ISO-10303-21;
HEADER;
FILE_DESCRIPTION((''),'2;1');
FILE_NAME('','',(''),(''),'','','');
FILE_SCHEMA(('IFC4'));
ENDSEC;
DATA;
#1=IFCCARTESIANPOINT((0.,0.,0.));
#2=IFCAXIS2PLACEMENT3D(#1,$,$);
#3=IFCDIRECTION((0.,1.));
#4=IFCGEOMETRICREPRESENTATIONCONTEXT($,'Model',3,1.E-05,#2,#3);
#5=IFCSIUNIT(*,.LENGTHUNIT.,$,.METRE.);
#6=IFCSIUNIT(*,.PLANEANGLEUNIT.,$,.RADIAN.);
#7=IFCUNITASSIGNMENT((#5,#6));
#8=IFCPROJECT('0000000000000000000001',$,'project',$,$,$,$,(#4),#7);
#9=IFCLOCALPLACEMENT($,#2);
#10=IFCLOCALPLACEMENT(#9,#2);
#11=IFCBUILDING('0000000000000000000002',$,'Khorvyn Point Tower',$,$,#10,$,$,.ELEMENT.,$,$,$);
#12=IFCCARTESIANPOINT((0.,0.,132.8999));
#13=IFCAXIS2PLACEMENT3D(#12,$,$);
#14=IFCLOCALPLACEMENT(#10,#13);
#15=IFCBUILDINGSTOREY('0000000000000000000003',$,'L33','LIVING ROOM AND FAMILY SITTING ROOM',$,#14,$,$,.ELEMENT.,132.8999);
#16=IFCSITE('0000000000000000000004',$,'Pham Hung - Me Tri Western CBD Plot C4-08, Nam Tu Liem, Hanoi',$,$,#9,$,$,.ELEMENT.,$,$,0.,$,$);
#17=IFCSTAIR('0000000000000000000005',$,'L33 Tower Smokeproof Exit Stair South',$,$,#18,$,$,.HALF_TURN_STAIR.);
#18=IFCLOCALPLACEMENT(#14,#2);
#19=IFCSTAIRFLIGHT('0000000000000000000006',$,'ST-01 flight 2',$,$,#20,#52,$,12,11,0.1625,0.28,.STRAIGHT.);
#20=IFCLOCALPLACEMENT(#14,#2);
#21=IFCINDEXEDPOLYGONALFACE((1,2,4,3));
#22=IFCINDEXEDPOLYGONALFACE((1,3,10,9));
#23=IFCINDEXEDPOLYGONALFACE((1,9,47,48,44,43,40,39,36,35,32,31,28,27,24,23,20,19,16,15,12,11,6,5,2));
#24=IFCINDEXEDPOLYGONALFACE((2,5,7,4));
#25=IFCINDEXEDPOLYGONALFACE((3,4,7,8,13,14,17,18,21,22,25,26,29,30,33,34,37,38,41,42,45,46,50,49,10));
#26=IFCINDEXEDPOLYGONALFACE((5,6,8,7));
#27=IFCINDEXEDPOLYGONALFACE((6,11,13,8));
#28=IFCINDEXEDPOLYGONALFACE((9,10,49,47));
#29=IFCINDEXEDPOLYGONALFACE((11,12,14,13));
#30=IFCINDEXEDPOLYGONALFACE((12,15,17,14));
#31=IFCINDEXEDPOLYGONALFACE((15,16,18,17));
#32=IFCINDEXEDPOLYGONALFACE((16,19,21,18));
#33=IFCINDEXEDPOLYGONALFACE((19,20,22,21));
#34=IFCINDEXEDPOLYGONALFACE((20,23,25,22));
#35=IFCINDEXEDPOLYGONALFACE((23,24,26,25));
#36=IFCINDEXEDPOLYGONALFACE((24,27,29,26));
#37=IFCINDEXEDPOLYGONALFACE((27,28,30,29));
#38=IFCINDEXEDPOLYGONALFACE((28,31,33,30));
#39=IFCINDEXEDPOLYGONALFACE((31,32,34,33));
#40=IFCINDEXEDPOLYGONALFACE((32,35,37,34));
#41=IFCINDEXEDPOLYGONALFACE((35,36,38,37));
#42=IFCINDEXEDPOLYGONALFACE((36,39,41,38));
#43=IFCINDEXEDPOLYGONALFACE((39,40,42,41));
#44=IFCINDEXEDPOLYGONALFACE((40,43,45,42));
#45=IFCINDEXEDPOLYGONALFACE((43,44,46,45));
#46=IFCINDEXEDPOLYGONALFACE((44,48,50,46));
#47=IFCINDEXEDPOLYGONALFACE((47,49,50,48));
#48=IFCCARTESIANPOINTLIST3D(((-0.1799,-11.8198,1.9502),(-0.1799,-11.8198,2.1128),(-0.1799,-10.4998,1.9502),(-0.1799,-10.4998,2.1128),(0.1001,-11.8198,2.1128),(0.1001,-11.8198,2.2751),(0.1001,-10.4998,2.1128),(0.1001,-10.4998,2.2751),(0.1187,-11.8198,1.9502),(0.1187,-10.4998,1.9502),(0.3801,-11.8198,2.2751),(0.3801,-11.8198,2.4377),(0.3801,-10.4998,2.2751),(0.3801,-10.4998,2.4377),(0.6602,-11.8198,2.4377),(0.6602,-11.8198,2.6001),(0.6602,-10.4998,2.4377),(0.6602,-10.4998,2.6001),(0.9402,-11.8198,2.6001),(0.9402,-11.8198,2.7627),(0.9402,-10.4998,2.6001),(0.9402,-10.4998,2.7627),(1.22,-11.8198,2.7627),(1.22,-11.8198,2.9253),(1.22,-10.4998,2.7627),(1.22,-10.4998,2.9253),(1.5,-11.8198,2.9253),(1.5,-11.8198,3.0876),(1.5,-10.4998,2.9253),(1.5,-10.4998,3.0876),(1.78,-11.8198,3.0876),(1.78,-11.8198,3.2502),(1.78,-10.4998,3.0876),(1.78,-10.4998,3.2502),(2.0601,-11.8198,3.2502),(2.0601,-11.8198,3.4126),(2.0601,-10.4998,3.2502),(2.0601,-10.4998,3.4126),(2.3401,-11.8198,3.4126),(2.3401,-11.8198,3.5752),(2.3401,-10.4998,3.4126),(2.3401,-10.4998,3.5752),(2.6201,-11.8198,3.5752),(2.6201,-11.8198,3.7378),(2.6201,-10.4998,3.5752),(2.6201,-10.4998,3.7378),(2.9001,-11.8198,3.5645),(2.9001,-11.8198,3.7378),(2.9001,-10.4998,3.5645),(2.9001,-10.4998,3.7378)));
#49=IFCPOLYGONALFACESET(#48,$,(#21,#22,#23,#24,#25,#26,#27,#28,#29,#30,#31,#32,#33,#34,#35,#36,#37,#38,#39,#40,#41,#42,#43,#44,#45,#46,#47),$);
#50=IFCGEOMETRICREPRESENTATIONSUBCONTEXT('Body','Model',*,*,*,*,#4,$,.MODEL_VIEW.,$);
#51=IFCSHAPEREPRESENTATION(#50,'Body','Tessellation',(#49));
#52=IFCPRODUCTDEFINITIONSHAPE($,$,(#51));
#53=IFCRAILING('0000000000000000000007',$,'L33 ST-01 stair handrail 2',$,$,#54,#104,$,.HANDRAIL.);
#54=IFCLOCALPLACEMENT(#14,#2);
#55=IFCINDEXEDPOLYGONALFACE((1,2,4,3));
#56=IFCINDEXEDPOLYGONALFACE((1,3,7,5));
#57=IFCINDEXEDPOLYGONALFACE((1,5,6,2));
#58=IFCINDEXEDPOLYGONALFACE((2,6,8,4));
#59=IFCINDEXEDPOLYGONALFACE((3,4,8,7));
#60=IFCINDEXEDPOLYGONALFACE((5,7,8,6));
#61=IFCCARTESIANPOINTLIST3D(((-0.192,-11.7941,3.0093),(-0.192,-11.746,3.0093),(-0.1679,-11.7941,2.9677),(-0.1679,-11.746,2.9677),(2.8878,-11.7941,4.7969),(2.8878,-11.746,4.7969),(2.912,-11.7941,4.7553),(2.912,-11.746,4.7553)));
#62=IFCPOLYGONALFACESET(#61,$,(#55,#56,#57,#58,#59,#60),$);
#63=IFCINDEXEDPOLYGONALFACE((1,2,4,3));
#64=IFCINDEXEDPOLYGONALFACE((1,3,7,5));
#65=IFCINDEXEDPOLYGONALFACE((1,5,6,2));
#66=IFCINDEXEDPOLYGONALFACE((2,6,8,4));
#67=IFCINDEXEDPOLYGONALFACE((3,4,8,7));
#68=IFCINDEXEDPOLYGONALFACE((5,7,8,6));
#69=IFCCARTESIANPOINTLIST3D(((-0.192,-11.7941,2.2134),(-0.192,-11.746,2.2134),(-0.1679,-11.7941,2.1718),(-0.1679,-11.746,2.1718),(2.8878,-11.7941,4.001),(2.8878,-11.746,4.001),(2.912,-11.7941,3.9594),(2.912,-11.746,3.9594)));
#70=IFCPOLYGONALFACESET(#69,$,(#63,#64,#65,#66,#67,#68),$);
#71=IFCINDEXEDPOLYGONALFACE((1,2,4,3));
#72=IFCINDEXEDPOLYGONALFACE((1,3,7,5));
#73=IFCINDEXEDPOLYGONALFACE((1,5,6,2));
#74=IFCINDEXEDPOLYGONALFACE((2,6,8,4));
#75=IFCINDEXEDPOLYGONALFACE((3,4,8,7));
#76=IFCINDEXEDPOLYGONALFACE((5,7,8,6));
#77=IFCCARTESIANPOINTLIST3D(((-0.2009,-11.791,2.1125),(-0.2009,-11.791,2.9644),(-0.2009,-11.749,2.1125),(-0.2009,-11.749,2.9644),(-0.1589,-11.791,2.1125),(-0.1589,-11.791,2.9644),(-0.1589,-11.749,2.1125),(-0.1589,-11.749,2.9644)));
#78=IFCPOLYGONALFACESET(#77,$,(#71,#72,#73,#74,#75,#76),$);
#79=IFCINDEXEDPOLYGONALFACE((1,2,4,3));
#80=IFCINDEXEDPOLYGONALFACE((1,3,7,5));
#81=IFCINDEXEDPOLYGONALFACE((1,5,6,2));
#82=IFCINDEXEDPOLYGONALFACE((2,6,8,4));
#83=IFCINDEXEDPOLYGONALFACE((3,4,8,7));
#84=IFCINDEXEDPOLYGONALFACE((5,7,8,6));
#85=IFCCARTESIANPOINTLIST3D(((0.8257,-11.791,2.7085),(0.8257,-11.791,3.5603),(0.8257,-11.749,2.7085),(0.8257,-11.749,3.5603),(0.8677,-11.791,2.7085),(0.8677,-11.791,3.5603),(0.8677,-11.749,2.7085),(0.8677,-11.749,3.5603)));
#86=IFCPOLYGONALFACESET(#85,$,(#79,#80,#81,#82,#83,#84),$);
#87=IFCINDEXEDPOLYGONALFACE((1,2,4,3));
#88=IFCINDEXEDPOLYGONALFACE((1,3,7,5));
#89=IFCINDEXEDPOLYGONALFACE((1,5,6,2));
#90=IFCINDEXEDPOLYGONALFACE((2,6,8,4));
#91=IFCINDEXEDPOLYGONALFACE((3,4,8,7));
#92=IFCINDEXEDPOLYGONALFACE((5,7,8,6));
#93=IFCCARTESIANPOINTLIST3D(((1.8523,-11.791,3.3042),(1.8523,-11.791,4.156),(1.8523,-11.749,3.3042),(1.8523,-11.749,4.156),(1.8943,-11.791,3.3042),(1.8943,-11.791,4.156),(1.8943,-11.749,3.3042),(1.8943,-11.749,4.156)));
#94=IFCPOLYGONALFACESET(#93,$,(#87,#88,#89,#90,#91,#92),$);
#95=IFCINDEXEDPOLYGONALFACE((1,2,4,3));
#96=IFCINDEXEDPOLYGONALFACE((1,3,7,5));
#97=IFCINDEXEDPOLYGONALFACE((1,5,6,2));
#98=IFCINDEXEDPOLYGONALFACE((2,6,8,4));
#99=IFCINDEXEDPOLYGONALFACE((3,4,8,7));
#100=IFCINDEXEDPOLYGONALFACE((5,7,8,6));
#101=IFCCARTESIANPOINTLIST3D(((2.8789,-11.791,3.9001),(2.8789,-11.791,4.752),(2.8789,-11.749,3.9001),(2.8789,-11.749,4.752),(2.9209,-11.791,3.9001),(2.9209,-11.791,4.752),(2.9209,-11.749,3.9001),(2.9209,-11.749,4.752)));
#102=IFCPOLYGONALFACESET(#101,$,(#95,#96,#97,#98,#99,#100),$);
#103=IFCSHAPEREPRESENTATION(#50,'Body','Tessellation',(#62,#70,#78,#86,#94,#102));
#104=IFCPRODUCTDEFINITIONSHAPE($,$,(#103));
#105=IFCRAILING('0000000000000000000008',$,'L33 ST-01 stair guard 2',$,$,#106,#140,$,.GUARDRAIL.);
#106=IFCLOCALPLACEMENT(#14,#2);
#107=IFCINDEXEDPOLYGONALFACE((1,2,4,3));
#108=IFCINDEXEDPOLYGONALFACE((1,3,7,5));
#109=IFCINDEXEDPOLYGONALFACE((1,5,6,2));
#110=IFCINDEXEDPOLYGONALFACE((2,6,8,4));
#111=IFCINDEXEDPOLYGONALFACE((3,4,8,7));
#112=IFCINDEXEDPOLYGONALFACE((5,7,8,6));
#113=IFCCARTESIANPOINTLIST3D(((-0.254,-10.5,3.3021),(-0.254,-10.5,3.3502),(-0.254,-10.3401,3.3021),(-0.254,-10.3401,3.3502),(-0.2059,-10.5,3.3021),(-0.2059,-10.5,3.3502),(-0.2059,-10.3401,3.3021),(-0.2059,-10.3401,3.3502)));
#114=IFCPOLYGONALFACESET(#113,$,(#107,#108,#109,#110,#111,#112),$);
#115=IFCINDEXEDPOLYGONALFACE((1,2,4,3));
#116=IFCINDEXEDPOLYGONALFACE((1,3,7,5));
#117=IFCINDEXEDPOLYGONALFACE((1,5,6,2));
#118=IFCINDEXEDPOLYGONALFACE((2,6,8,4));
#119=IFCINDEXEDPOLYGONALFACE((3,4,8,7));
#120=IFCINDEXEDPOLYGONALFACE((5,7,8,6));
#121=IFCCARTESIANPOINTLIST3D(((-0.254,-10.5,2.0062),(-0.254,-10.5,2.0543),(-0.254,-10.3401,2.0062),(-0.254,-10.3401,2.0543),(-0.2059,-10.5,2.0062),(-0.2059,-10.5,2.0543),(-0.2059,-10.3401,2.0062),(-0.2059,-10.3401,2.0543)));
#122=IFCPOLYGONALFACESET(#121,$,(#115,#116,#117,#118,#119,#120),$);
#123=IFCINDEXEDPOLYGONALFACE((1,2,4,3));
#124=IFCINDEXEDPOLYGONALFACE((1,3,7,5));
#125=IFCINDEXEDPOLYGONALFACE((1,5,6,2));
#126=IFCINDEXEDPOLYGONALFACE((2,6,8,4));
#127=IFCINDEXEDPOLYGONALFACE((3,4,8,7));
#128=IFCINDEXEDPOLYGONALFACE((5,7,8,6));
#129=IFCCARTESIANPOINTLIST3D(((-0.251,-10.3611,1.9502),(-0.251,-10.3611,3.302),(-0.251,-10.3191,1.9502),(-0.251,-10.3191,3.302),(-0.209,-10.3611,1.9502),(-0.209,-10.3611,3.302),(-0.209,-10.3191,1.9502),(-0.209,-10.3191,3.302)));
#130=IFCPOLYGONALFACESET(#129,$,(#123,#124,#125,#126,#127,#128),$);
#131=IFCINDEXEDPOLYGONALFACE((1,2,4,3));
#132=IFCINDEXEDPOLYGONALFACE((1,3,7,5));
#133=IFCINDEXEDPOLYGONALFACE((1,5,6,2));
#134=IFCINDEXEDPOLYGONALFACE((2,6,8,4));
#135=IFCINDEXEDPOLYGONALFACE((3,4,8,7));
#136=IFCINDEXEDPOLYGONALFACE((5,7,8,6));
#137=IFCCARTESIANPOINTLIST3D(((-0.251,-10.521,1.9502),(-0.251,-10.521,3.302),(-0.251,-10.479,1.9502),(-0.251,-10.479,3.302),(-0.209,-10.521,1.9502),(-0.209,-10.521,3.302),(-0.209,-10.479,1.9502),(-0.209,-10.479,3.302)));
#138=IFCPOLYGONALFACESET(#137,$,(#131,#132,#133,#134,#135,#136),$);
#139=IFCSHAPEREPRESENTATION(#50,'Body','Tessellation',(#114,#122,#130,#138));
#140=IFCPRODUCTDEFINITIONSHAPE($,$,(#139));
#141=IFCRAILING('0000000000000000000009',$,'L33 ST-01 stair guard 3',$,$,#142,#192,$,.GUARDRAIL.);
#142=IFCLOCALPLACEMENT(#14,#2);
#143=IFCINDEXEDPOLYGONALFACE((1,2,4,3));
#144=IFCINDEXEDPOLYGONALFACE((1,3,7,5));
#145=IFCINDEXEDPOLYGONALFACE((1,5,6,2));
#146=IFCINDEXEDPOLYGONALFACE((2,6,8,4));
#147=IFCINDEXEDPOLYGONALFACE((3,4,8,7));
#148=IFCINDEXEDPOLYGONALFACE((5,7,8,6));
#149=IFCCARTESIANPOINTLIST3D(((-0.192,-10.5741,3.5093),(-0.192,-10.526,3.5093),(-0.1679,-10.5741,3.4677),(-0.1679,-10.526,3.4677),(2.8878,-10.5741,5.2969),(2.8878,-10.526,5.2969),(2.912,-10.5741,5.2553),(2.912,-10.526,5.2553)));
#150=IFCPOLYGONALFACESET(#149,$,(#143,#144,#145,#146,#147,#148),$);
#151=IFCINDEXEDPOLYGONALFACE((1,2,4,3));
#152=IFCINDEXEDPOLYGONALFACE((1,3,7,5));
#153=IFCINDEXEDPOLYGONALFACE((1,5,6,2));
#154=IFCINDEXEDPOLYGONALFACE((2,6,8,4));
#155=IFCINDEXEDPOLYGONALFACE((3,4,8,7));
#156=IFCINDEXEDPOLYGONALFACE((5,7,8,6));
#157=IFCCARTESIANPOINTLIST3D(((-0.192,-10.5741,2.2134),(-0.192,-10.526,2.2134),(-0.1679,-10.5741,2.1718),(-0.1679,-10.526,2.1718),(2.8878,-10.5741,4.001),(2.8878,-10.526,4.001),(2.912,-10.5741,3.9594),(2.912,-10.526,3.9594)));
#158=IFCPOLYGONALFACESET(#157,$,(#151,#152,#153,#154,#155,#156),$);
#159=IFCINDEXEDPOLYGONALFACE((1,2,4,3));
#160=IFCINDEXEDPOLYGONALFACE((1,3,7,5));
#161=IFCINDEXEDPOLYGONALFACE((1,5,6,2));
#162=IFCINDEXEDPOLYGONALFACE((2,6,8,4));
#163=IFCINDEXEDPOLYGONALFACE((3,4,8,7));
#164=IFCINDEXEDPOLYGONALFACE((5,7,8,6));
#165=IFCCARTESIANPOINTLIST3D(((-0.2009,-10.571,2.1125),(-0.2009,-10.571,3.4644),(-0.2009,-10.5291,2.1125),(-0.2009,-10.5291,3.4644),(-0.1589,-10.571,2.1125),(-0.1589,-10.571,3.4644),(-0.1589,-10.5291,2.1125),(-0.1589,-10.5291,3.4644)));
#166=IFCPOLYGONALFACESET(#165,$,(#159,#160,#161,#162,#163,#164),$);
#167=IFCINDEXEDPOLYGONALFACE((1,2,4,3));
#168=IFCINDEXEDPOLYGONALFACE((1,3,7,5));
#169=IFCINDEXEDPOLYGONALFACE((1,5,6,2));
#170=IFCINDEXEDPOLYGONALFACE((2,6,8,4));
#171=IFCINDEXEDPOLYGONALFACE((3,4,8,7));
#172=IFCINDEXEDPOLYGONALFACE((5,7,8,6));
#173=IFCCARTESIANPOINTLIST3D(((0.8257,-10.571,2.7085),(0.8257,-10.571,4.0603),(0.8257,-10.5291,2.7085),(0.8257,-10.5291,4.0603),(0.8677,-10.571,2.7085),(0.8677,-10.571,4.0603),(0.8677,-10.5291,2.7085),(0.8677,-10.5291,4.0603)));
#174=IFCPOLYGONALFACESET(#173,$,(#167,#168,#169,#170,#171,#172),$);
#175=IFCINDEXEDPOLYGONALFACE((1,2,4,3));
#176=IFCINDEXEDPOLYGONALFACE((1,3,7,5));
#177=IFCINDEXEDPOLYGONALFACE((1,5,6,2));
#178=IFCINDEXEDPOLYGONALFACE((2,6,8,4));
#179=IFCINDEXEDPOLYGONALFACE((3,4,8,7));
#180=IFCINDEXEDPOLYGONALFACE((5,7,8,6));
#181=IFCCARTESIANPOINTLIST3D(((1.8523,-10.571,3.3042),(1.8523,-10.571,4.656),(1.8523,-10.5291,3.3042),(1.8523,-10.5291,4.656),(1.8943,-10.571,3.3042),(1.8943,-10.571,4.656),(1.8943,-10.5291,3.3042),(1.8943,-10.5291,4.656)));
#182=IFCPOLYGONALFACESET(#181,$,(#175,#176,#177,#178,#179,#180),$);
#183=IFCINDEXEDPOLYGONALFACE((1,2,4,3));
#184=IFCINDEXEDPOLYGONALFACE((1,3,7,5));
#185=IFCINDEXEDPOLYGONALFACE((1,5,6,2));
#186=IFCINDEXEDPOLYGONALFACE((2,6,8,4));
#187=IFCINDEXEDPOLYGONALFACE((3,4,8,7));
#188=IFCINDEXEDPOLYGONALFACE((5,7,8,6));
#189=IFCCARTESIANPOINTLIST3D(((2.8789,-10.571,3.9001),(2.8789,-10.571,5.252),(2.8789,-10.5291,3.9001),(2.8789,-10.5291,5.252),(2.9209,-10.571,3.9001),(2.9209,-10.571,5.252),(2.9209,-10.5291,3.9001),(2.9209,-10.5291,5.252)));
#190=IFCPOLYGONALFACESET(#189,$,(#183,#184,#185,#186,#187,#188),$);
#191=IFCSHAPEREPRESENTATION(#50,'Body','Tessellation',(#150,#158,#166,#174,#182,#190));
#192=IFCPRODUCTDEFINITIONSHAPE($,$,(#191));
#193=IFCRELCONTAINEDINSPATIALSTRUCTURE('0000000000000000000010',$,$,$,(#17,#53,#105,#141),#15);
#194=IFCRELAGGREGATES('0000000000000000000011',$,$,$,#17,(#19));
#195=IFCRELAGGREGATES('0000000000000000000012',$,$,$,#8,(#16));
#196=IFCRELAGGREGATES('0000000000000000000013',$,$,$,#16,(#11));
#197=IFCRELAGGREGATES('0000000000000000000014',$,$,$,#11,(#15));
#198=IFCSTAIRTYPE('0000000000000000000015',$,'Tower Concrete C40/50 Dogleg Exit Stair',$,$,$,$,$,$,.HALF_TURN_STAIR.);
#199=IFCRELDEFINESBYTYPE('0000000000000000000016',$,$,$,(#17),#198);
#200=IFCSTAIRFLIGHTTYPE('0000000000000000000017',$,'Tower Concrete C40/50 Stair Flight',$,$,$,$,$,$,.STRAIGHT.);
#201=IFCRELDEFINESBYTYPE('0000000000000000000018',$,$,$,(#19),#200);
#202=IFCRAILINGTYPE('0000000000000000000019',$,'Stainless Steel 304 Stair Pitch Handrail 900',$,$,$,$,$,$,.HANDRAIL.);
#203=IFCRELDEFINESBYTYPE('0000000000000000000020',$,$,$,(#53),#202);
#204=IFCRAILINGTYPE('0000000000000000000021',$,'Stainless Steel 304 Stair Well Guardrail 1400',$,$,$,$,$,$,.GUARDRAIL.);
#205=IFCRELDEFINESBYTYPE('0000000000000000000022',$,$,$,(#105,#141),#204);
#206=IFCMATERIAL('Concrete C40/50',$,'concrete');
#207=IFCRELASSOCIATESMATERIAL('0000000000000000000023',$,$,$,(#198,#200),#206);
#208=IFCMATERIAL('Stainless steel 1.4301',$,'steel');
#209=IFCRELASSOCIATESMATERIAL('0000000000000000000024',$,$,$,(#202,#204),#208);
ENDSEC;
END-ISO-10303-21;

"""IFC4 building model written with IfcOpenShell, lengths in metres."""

from ifc_helpers import new_model, si_unit, direction, frame, origin, origin_2d, place, context, subcontext, project, spatial, polyline, rectangle, outline, extrude, material, type_object, element, aggregate, save


model = new_model("IFC4")

# Units and contexts
model_context = context("Model", 3, precision=1e-05, world=origin(), true_north=direction((0.0, 1.0)))
body_context = subcontext(model_context, "Body", "Model", "MODEL_VIEW")
ifc_project = project(units=[si_unit("LENGTHUNIT", "METRE"), si_unit("PLANEANGLEUNIT", "RADIAN")], contexts=[model_context])

# Site, building, storey
site_placement = place(None, origin())
site = spatial("IfcSite", under=ifc_project, at=site_placement, Name="Pham Hung - Me Tri Western CBD Plot C4-08, Nam Tu Liem, Hanoi", CompositionType="ELEMENT", RefElevation=0.0)
building_placement = place(site_placement, origin())
building = spatial("IfcBuilding", under=site, at=building_placement, Name="Khorvyn Point Tower", CompositionType="ELEMENT")
storey_placement = place(building_placement, frame((0.0, 0.0, 132.8999)))
storey = spatial("IfcBuildingStorey", under=building, at=storey_placement, Name="L33", Description="LIVING ROOM AND FAMILY SITTING ROOM", CompositionType="ELEMENT", Elevation=132.8999)

# Shared definitions
ifc_material_1 = material(Name="Concrete C40/50", Category="concrete")

# Stair, stair flight
stair_type = type_object("IfcStairType", Name="Tower Concrete C40/50 Dogleg Exit Stair", PredefinedType="HALF_TURN_STAIR", material=ifc_material_1)
stair_placement = place(storey_placement, origin())
stair = element("IfcStair", 1, at=stair_placement, inside=storey, type_object=stair_type, Name="L33 Tower Smokeproof Exit Stair South", PredefinedType="HALF_TURN_STAIR")
stair_flight_type = type_object("IfcStairFlightType", Name="Tower Concrete C40/50 Stair Flight", PredefinedType="STRAIGHT", material=ifc_material_1)
stair_flight_placement = place(storey_placement, frame((-0.1799, -11.1599, 1.9502), z_axis=(0.0, 0.0, 1.0), x_axis=(1.0, 0.0, 0.0)))
stair_flight = element("IfcStairFlight", 2, at=stair_flight_placement, type_object=stair_flight_type, Name="ST-01 flight 2", NumberOfRisers=12, NumberOfTreads=11, PredefinedType="STRAIGHT", RiserHeight=0.1625, TreadLength=0.28, context=body_context, shape_type="SweptSolid", body=[
    extrude(outline(polyline([(0.0, 0.0), (0.0, 0.1626), (0.28, 0.1626), (0.28, 0.325), (0.5601, 0.325), (0.5601, 0.4875), (0.8401, 0.4875), (0.8401, 0.6499), (1.1201, 0.6499), (1.1201, 0.8125), (1.3999, 0.8125), (1.3999, 0.9751), (1.6799, 0.9751), (1.6799, 1.1375), (1.96, 1.1375), (1.96, 1.3), (2.24, 1.3), (2.24, 1.4624), (2.52, 1.4624), (2.52, 1.625), (2.8, 1.625), (2.8, 1.7876), (3.0801, 1.7876), (3.0801, 1.95), (3.0801, 1.6143), (0.2986, 0.0), (0.0, 0.0)])), frame((0.0, 0.6602, 0.0), z_axis=(0.0, -1.0, 0.0), x_axis=(1.0, 0.0, 0.0)), (0.0, 0.0, 1.0), 1.3201),
])
aggregate(stair, [stair_flight])

# Railings
ifc_material_2 = material(Name="Stainless steel 1.4301", Category="steel")
railing_type_1 = type_object("IfcRailingType", Name="Stainless Steel 304 Stair Pitch Handrail 900", PredefinedType="HANDRAIL", material=ifc_material_2)
railing_1_placement = place(storey_placement, frame((-0.1799, -11.77, 2.1125)))
element("IfcRailing", 3, at=railing_1_placement, inside=storey, type_object=railing_type_1, Name="L33 ST-01 stair handrail 2", PredefinedType="HANDRAIL", context=body_context, shape_type="SweptSolid", body=[
    extrude(rectangle(XDim=0.0481, YDim=0.0481, at=origin_2d()), frame((0.0, 0.0, 0.876), z_axis=(0.864873, 0.0, 0.50199), x_axis=(0.0, 1.0, 0.0)), (0.0, 0.0, 1.0), 3.561),
    extrude(rectangle(XDim=0.0481, YDim=0.0481, at=origin_2d()), frame((0.0, 0.0, 0.0801), z_axis=(0.864873, 0.0, 0.50199), x_axis=(0.0, 1.0, 0.0)), (0.0, 0.0, 1.0), 3.561),
    extrude(rectangle(XDim=0.042, YDim=0.042, at=origin_2d()), origin(), (0.0, 0.0, 1.0), 0.8518),
    extrude(rectangle(XDim=0.042, YDim=0.042, at=origin_2d()), frame((1.0266, 0.0, 0.5959)), (0.0, 0.0, 1.0), 0.8518),
    extrude(rectangle(XDim=0.042, YDim=0.042, at=origin_2d()), frame((2.0532, 0.0, 1.1917)), (0.0, 0.0, 1.0), 0.8518),
    extrude(rectangle(XDim=0.042, YDim=0.042, at=origin_2d()), frame((3.0798, 0.0, 1.7876)), (0.0, 0.0, 1.0), 0.8518),
])
railing_type_2 = type_object("IfcRailingType", Name="Stainless Steel 304 Stair Well Guardrail 1400", PredefinedType="GUARDRAIL", material=ifc_material_2)
railing_2_placement = place(storey_placement, frame((-0.23, -10.3401, 1.9502)))
element("IfcRailing", 4, at=railing_2_placement, inside=storey, type_object=railing_type_2, Name="L33 ST-01 stair guard 2", PredefinedType="GUARDRAIL", context=body_context, shape_type="SweptSolid", body=[
    extrude(rectangle(XDim=0.0481, YDim=0.0481, at=origin_2d()), frame((0.0, 0.0, 1.376), z_axis=(0.0, -1.0, 0.0), x_axis=(1.0, 0.0, 0.0)), (0.0, 0.0, 1.0), 0.1599),
    extrude(rectangle(XDim=0.0481, YDim=0.0481, at=origin_2d()), frame((0.0, 0.0, 0.0801), z_axis=(0.0, -1.0, 0.0), x_axis=(1.0, 0.0, 0.0)), (0.0, 0.0, 1.0), 0.1599),
    extrude(rectangle(XDim=0.042, YDim=0.042, at=origin_2d()), origin(), (0.0, 0.0, 1.0), 1.3518),
    extrude(rectangle(XDim=0.042, YDim=0.042, at=origin_2d()), frame((0.0, -0.1599, 0.0)), (0.0, 0.0, 1.0), 1.3518),
])
railing_3_placement = place(storey_placement, frame((-0.1799, -10.55, 2.1125)))
element("IfcRailing", 5, at=railing_3_placement, inside=storey, type_object=railing_type_2, Name="L33 ST-01 stair guard 3", PredefinedType="GUARDRAIL", context=body_context, shape_type="SweptSolid", body=[
    extrude(rectangle(XDim=0.0481, YDim=0.0481, at=origin_2d()), frame((0.0, 0.0, 1.376), z_axis=(0.864873, 0.0, 0.50199), x_axis=(0.0, 1.0, 0.0)), (0.0, 0.0, 1.0), 3.561),
    extrude(rectangle(XDim=0.0481, YDim=0.0481, at=origin_2d()), frame((0.0, 0.0, 0.0801), z_axis=(0.864873, 0.0, 0.50199), x_axis=(0.0, 1.0, 0.0)), (0.0, 0.0, 1.0), 3.561),
    extrude(rectangle(XDim=0.042, YDim=0.042, at=origin_2d()), origin(), (0.0, 0.0, 1.0), 1.3518),
    extrude(rectangle(XDim=0.042, YDim=0.042, at=origin_2d()), frame((1.0266, 0.0, 0.5959)), (0.0, 0.0, 1.0), 1.3518),
    extrude(rectangle(XDim=0.042, YDim=0.042, at=origin_2d()), frame((2.0532, 0.0, 1.1917)), (0.0, 0.0, 1.0), 1.3518),
    extrude(rectangle(XDim=0.042, YDim=0.042, at=origin_2d()), frame((3.0798, 0.0, 1.7876)), (0.0, 0.0, 1.0), 1.3518),
])

save(model, "model.ifc")
